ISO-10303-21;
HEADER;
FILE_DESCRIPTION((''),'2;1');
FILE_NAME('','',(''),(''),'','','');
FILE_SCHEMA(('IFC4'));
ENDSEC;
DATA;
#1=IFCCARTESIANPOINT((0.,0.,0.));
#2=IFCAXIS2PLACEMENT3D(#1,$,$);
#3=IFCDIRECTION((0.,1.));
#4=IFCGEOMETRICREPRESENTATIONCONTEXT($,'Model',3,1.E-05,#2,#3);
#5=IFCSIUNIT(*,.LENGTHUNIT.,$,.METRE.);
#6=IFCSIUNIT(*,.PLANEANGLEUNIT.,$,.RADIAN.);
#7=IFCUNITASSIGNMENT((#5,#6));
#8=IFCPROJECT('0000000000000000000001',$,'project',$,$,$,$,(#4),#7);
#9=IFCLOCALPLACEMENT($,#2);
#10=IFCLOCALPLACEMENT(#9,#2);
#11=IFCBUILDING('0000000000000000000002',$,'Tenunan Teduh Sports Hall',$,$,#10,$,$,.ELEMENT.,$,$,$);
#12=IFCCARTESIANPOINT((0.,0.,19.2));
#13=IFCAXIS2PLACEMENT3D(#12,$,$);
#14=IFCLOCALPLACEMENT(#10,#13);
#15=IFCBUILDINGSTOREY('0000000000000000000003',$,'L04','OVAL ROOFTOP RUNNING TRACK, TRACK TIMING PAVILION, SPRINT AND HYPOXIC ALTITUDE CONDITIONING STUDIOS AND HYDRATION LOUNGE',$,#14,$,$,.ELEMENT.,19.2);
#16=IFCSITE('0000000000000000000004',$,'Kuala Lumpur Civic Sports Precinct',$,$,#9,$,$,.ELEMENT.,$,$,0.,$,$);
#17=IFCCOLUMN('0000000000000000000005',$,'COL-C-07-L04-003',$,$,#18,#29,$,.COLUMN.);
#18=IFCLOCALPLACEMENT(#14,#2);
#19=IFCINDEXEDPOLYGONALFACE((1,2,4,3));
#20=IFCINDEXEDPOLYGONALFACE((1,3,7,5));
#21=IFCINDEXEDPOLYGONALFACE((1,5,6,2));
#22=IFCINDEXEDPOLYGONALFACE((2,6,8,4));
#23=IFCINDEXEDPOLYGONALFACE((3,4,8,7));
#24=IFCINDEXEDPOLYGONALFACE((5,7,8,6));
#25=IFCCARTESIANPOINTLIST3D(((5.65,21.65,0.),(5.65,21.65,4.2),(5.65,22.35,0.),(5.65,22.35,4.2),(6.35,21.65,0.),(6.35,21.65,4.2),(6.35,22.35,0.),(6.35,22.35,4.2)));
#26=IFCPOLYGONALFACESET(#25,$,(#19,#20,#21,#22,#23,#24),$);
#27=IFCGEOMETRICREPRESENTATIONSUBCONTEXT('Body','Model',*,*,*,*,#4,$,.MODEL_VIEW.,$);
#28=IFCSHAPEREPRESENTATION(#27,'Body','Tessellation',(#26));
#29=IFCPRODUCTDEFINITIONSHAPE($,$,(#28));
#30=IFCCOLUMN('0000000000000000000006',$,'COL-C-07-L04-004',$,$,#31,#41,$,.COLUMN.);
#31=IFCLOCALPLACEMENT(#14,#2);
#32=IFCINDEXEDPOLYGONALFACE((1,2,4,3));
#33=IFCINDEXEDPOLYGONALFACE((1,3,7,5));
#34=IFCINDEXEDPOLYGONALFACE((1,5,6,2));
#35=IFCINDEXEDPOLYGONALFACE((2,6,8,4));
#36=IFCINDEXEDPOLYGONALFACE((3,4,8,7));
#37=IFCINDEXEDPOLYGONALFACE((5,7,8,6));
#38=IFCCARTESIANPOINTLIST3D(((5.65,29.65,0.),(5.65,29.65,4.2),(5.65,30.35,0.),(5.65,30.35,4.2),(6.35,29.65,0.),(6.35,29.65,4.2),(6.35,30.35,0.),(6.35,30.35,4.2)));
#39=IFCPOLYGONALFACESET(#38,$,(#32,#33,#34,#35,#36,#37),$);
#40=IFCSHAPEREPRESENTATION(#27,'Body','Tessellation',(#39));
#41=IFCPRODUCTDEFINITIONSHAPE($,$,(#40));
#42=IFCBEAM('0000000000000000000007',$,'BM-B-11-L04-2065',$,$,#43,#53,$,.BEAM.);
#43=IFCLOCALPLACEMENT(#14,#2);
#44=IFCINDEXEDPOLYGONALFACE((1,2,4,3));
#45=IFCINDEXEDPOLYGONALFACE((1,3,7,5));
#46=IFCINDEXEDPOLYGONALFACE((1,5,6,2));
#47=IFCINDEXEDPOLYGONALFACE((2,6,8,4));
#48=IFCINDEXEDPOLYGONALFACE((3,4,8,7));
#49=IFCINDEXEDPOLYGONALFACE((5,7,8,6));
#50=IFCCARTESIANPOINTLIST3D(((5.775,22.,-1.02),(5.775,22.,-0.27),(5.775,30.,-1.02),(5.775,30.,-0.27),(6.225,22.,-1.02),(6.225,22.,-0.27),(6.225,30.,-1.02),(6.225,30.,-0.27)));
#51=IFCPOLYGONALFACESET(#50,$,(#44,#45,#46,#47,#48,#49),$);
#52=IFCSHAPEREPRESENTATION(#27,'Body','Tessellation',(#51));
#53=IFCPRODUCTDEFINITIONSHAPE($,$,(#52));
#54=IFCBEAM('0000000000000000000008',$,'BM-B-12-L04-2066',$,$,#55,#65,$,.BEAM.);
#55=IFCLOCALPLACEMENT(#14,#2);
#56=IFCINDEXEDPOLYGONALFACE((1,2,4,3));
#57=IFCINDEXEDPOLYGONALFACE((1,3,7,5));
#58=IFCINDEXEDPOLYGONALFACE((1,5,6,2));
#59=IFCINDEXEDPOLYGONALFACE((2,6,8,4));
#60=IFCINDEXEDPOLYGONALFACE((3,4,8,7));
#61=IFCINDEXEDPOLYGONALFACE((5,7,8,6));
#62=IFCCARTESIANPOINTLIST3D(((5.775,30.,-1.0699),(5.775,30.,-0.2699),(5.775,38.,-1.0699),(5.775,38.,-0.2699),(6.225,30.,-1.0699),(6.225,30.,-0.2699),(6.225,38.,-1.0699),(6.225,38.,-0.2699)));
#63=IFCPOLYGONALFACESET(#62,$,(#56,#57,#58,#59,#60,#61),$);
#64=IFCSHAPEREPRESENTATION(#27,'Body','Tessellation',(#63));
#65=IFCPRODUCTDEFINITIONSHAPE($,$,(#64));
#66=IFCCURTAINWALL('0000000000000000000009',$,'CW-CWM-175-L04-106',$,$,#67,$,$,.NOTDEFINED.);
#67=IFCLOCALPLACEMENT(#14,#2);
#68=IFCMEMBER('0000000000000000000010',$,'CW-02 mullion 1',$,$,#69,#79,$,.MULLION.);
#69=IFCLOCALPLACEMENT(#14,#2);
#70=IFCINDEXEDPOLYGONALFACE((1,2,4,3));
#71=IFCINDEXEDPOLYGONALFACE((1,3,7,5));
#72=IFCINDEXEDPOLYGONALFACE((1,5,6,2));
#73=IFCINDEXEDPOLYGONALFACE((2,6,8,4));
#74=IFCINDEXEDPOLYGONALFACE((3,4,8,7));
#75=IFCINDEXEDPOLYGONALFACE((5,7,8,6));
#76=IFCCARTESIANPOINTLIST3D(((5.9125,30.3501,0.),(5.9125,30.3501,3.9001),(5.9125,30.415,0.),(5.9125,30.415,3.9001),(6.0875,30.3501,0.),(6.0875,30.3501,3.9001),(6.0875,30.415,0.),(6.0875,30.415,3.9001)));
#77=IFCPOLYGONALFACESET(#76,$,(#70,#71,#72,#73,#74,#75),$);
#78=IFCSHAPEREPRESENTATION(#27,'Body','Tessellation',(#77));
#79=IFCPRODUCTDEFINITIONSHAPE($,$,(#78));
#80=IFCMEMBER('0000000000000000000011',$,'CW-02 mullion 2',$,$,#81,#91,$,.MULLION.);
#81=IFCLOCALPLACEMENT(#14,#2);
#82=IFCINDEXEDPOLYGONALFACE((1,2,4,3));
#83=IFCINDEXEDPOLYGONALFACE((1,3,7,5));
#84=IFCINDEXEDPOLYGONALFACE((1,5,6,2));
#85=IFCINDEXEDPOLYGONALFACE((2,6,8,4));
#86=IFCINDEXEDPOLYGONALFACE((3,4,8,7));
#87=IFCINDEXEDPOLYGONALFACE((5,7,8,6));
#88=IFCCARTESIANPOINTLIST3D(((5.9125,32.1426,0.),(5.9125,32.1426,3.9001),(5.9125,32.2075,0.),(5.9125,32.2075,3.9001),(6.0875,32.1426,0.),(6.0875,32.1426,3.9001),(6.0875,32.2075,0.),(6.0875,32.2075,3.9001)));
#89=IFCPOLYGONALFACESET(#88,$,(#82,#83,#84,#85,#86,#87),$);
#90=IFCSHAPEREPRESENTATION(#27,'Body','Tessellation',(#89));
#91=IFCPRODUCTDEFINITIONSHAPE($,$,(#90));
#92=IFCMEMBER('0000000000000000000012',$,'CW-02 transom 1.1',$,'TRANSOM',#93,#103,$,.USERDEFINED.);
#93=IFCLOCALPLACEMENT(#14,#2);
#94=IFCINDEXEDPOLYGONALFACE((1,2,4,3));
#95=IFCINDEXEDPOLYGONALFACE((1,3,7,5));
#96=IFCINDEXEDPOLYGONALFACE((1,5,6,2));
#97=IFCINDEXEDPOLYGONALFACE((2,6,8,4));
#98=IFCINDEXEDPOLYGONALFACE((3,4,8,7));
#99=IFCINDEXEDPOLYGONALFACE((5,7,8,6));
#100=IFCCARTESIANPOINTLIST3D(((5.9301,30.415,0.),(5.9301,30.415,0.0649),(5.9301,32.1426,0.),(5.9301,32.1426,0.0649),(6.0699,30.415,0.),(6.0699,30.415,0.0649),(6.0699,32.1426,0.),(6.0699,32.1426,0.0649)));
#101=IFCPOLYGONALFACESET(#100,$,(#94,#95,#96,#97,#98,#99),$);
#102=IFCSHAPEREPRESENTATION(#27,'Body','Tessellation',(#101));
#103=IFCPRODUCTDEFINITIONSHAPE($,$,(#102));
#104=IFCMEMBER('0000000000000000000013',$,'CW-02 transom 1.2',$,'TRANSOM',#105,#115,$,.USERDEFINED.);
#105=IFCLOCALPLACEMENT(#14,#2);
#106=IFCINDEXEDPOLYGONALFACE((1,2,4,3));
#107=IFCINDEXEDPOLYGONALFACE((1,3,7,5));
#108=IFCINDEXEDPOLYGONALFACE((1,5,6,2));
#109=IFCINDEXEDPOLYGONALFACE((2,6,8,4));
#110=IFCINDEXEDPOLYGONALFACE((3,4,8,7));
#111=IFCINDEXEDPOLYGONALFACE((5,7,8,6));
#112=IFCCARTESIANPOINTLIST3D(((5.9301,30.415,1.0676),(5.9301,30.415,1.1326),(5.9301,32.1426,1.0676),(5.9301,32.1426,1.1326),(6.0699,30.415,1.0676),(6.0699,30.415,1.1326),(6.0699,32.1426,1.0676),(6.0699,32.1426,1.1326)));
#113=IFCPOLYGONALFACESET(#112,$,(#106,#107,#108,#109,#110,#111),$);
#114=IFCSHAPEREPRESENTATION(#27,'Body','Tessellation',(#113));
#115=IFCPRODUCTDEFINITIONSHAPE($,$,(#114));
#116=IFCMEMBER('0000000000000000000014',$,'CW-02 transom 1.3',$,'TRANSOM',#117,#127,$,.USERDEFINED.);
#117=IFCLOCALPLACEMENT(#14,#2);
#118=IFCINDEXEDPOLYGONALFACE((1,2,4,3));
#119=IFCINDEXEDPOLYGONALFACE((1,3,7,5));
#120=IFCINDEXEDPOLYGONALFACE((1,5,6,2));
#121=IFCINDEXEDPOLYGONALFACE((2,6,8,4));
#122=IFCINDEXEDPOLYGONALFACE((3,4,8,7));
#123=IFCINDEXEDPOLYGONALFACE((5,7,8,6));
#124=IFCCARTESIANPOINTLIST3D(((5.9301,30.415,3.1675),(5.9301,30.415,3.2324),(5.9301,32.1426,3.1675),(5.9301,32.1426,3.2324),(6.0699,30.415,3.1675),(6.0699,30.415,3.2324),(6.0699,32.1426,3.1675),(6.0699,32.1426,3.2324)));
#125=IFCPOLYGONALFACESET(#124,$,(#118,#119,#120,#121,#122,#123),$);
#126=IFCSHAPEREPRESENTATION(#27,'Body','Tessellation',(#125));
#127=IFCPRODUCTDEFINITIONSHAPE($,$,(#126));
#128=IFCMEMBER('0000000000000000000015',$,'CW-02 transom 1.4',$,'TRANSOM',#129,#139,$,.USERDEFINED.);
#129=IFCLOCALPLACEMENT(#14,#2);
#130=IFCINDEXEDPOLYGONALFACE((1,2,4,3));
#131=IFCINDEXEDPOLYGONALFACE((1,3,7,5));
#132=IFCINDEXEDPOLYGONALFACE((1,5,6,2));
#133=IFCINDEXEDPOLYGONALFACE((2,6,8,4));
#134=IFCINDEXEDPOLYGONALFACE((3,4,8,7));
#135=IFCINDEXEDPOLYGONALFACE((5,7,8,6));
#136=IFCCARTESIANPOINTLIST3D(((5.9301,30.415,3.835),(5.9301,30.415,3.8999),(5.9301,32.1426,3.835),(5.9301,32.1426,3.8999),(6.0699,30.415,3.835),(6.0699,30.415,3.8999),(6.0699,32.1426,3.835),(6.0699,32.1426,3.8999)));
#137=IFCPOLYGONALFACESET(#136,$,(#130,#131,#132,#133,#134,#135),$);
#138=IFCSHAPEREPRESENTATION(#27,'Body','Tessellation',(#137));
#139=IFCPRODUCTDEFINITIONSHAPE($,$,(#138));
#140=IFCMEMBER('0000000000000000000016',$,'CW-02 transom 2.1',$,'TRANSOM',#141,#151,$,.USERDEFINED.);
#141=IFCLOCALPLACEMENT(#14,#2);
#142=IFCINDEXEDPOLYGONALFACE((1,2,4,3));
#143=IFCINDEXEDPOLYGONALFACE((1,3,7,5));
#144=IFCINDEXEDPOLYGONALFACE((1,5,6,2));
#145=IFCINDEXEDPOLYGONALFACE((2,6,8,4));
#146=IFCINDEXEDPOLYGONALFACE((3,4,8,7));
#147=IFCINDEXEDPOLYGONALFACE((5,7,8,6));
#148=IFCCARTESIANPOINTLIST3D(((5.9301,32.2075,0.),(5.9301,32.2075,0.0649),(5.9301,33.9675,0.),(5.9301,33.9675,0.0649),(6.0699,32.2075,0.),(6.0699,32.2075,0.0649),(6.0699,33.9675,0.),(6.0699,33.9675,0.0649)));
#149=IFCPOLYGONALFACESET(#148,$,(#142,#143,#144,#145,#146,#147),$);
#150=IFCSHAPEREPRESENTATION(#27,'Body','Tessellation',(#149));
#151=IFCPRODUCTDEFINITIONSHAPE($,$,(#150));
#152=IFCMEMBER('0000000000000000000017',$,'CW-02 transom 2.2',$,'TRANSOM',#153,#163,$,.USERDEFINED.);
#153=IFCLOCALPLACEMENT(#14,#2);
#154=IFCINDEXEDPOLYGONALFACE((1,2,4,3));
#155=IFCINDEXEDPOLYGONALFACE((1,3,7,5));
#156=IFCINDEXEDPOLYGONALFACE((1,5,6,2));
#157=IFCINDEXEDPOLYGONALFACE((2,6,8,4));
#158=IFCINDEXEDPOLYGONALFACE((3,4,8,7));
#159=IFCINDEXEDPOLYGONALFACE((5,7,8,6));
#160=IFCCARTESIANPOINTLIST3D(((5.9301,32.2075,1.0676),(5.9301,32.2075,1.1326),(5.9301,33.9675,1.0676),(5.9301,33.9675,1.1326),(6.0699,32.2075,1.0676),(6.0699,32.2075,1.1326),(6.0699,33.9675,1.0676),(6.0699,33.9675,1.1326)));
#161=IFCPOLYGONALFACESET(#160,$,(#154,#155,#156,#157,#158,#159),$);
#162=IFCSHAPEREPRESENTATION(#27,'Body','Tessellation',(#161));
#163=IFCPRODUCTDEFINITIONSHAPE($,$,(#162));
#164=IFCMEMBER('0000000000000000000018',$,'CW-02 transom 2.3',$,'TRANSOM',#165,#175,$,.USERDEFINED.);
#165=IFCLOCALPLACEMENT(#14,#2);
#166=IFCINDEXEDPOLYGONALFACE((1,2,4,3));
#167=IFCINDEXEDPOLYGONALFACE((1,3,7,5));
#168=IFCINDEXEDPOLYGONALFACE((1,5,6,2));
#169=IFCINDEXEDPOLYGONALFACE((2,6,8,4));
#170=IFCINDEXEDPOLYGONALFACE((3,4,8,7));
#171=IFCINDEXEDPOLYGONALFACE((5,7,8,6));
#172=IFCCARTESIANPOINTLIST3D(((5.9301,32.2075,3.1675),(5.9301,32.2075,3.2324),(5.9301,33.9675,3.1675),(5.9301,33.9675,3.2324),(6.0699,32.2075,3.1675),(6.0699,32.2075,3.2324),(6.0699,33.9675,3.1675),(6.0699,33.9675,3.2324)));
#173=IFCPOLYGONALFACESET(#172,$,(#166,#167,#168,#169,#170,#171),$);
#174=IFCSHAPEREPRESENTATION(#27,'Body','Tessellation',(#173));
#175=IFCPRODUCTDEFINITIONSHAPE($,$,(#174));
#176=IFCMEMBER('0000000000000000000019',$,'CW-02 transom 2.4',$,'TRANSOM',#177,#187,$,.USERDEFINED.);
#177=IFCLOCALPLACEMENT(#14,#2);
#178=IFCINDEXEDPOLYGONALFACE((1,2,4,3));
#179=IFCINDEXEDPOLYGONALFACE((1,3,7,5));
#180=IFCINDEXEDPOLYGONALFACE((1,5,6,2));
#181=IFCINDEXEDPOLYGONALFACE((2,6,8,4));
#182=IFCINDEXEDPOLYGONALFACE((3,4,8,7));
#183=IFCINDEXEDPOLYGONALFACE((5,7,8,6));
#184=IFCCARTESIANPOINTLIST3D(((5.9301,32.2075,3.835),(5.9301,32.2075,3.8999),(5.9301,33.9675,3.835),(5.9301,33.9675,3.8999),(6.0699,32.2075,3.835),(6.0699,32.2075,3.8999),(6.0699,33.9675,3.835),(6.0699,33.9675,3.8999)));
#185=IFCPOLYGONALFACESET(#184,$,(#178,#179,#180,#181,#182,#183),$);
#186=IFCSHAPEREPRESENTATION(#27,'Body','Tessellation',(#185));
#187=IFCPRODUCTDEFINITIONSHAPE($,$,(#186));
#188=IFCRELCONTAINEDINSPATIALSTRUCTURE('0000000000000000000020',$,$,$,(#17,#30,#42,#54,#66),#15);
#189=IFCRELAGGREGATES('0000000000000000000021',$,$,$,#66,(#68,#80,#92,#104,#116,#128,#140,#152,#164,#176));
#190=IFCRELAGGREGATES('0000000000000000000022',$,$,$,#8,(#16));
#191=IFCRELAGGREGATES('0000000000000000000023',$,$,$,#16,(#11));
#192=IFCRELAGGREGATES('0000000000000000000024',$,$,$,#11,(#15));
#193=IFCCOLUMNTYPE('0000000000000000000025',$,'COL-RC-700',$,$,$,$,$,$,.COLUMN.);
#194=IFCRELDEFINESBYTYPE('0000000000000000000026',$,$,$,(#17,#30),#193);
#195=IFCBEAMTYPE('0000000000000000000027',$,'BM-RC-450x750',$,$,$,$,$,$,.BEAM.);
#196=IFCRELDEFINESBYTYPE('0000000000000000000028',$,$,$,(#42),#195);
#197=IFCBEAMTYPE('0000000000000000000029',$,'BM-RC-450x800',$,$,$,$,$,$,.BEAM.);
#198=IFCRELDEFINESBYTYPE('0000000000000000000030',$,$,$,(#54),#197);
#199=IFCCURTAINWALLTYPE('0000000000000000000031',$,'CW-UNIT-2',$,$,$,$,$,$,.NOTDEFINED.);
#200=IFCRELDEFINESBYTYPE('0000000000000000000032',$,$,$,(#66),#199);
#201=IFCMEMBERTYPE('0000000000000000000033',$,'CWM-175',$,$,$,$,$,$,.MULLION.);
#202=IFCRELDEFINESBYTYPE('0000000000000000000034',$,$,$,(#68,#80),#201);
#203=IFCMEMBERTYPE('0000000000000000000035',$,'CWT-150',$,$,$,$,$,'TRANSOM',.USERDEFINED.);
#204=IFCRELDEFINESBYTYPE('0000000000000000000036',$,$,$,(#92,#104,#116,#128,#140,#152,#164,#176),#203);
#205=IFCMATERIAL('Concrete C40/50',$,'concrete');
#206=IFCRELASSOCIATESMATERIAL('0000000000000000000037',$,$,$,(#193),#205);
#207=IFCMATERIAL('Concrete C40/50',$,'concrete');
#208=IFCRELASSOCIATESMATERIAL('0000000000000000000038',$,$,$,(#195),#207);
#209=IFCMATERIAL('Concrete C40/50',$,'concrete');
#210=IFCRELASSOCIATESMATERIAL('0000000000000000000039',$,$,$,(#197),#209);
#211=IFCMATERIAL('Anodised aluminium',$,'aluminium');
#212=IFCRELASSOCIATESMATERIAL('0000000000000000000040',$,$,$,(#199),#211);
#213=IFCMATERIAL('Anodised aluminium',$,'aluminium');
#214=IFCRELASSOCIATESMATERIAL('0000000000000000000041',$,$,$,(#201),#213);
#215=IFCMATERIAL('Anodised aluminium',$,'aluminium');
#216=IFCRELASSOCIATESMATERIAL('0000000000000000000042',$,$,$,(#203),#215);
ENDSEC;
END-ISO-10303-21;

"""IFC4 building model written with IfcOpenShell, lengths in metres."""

from ifc_helpers import new_model, si_unit, direction, frame, origin, origin_2d, place, context, subcontext, project, spatial, rectangle, extrude, material, material_profile, profile_set, type_object, element, aggregate, save


model = new_model("IFC4")

# Units and contexts
model_context = context("Model", 3, precision=1e-05, world=origin(), true_north=direction((0.0, 1.0)))
body_context = subcontext(model_context, "Body", "Model", "MODEL_VIEW")
ifc_project = project(units=[si_unit("LENGTHUNIT", "METRE"), si_unit("PLANEANGLEUNIT", "RADIAN")], contexts=[model_context])

# Site, building, storey
site_placement = place(None, origin())
site = spatial("IfcSite", under=ifc_project, at=site_placement, Name="Kuala Lumpur Civic Sports Precinct", CompositionType="ELEMENT", RefElevation=0.0)
building_placement = place(site_placement, origin())
building = spatial("IfcBuilding", under=site, at=building_placement, Name="Tenunan Teduh Sports Hall", CompositionType="ELEMENT")
storey_placement = place(building_placement, frame((0.0, 0.0, 19.2)))
storey = spatial("IfcBuildingStorey", under=building, at=storey_placement, Name="L04", Description="OVAL ROOFTOP RUNNING TRACK, TRACK TIMING PAVILION, SPRINT AND HYPOXIC ALTITUDE CONDITIONING STUDIOS AND HYDRATION LOUNGE", CompositionType="ELEMENT", Elevation=19.2)

# Columns
ifc_material_1 = material(Name="Concrete C40/50", Category="concrete")
ifc_material_profile_1 = material_profile(ifc_material_1, rectangle(XDim=0.7, YDim=0.7, at=origin_2d()), Name="RC 700x700")
ifc_profile_set_1 = profile_set([ifc_material_profile_1], Name="Concrete C40/50")
column_type = type_object("IfcColumnType", Name="COL-RC-700", PredefinedType="COLUMN", material=ifc_profile_set_1)
for number, where, z_axis, x_axis, name in (
    (1, (6.0, 22.0, 0.0), (0.0, 0.0, 1.0), (1.0, 0.0, 0.0), "COL-C-07-L04-003"),
    (2, (6.0, 30.0, 0.0), (0.0, 0.0, 1.0), (1.0, 0.0, 0.0), "COL-C-07-L04-004"),
):
    element("IfcColumn", number, at=place(storey_placement, frame(where, z_axis=z_axis, x_axis=x_axis)), inside=storey, type_object=column_type, Name=name, PredefinedType="COLUMN", context=body_context, shape_type="SweptSolid", body=[
        extrude(rectangle(XDim=0.7, YDim=0.7, at=origin_2d()), origin(), (0.0, 0.0, 1.0), 4.2),
    ])

# Beams
ifc_material_2 = material(Name="Concrete C40/50", Category="concrete")
ifc_material_profile_2 = material_profile(ifc_material_2, rectangle(XDim=0.45, YDim=0.75, at=origin_2d()), Name="RCB 450x750")
ifc_profile_set_2 = profile_set([ifc_material_profile_2], Name="Concrete C40/50")
beam_type_1 = type_object("IfcBeamType", Name="BM-RC-450x750", PredefinedType="BEAM", material=ifc_profile_set_2)
beam_1_placement = place(storey_placement, frame((6.0, 22.0, -0.645), z_axis=(0.0, 1.0, 0.0), x_axis=(-1.0, 0.0, 0.0)))
element("IfcBeam", 3, at=beam_1_placement, inside=storey, type_object=beam_type_1, Name="BM-B-11-L04-2065", PredefinedType="BEAM", context=body_context, shape_type="SweptSolid", body=[
    extrude(rectangle(XDim=0.45, YDim=0.75, at=origin_2d()), origin(), (0.0, 0.0, 1.0), 8.0),
])
ifc_material_3 = material(Name="Concrete C40/50", Category="concrete")
ifc_material_profile_3 = material_profile(ifc_material_3, rectangle(XDim=0.45, YDim=0.8, at=origin_2d()), Name="RCB 450x800")
ifc_profile_set_3 = profile_set([ifc_material_profile_3], Name="Concrete C40/50")
beam_type_2 = type_object("IfcBeamType", Name="BM-RC-450x800", PredefinedType="BEAM", material=ifc_profile_set_3)
beam_2_placement = place(storey_placement, frame((6.0, 30.0, -0.6699), z_axis=(0.0, 1.0, 0.0), x_axis=(-1.0, 0.0, 0.0)))
element("IfcBeam", 4, at=beam_2_placement, inside=storey, type_object=beam_type_2, Name="BM-B-12-L04-2066", PredefinedType="BEAM", context=body_context, shape_type="SweptSolid", body=[
    extrude(rectangle(XDim=0.45, YDim=0.8, at=origin_2d()), origin(), (0.0, 0.0, 1.0), 8.0),
])

# Curtain wall, members
ifc_material_4 = material(Name="Anodised aluminium", Category="aluminium")
curtain_wall_type = type_object("IfcCurtainWallType", Name="CW-UNIT-2", PredefinedType="NOTDEFINED", material=ifc_material_4)
curtain_wall_placement = place(storey_placement, origin())
curtain_wall = element("IfcCurtainWall", 5, at=curtain_wall_placement, inside=storey, type_object=curtain_wall_type, Name="CW-CWM-175-L04-106", PredefinedType="NOTDEFINED")
ifc_material_5 = material(Name="Anodised aluminium", Category="aluminium")
ifc_material_profile_4 = material_profile(ifc_material_5, rectangle(XDim=0.0649, YDim=0.175, at=origin_2d()), Name="CWM 65x175")
ifc_profile_set_4 = profile_set([ifc_material_profile_4], Name="Anodised aluminium")
member_type_1 = type_object("IfcMemberType", Name="CWM-175", PredefinedType="MULLION", material=ifc_profile_set_4)
member_1_placement = place(storey_placement, frame((6.0, 30.3826, 0.0), z_axis=(0.0, 0.0, 1.0), x_axis=(0.0, 1.0, 0.0)))
member_1 = element("IfcMember", 6, at=member_1_placement, type_object=member_type_1, Name="CW-02 mullion 1", PredefinedType="MULLION", context=body_context, shape_type="SweptSolid", body=[
    extrude(rectangle(XDim=0.0649, YDim=0.175, at=origin_2d()), origin(), (0.0, 0.0, 1.0), 3.9001),
])
member_2_placement = place(storey_placement, frame((6.0, 32.175, 0.0), z_axis=(0.0, 0.0, 1.0), x_axis=(0.0, 1.0, 0.0)))
member_2 = element("IfcMember", 7, at=member_2_placement, type_object=member_type_1, Name="CW-02 mullion 2", PredefinedType="MULLION", context=body_context, shape_type="SweptSolid", body=[
    extrude(rectangle(XDim=0.0649, YDim=0.175, at=origin_2d()), origin(), (0.0, 0.0, 1.0), 3.9001),
])
ifc_material_6 = material(Name="Anodised aluminium", Category="aluminium")
ifc_material_profile_5 = material_profile(ifc_material_6, rectangle(XDim=0.0649, YDim=0.1399, at=origin_2d()), Name="CWT 65x140")
ifc_profile_set_5 = profile_set([ifc_material_profile_5], Name="Anodised aluminium")
member_type_2 = type_object("IfcMemberType", Name="CWT-150", ElementType="TRANSOM", PredefinedType="USERDEFINED", material=ifc_profile_set_5)
member_3_placement = place(storey_placement, frame((6.0, 30.415, 0.0325), z_axis=(0.0, 1.0, 0.0), x_axis=(0.0, 0.0, 1.0)))
member_3 = element("IfcMember", 8, at=member_3_placement, type_object=member_type_2, Name="CW-02 transom 1.1", ObjectType="TRANSOM", PredefinedType="USERDEFINED", context=body_context, shape_type="SweptSolid", body=[
    extrude(rectangle(XDim=0.0649, YDim=0.1399, at=origin_2d()), origin(), (0.0, 0.0, 1.0), 1.7275),
])
member_4_placement = place(storey_placement, frame((6.0, 30.415, 1.1001), z_axis=(0.0, 1.0, 0.0), x_axis=(0.0, 0.0, 1.0)))
member_4 = element("IfcMember", 9, at=member_4_placement, type_object=member_type_2, Name="CW-02 transom 1.2", ObjectType="TRANSOM", PredefinedType="USERDEFINED", context=body_context, shape_type="SweptSolid", body=[
    extrude(rectangle(XDim=0.0649, YDim=0.1399, at=origin_2d()), origin(), (0.0, 0.0, 1.0), 1.7275),
])
member_5_placement = place(storey_placement, frame((6.0, 30.415, 3.2), z_axis=(0.0, 1.0, 0.0), x_axis=(0.0, 0.0, 1.0)))
member_5 = element("IfcMember", 10, at=member_5_placement, type_object=member_type_2, Name="CW-02 transom 1.3", ObjectType="TRANSOM", PredefinedType="USERDEFINED", context=body_context, shape_type="SweptSolid", body=[
    extrude(rectangle(XDim=0.0649, YDim=0.1399, at=origin_2d()), origin(), (0.0, 0.0, 1.0), 1.7275),
])
member_6_placement = place(storey_placement, frame((6.0, 30.415, 3.8674), z_axis=(0.0, 1.0, 0.0), x_axis=(0.0, 0.0, 1.0)))
member_6 = element("IfcMember", 11, at=member_6_placement, type_object=member_type_2, Name="CW-02 transom 1.4", ObjectType="TRANSOM", PredefinedType="USERDEFINED", context=body_context, shape_type="SweptSolid", body=[
    extrude(rectangle(XDim=0.0649, YDim=0.1399, at=origin_2d()), origin(), (0.0, 0.0, 1.0), 1.7275),
])
member_7_placement = place(storey_placement, frame((6.0, 32.2075, 0.0325), z_axis=(0.0, 1.0, 0.0), x_axis=(0.0, 0.0, 1.0)))
member_7 = element("IfcMember", 12, at=member_7_placement, type_object=member_type_2, Name="CW-02 transom 2.1", ObjectType="TRANSOM", PredefinedType="USERDEFINED", context=body_context, shape_type="SweptSolid", body=[
    extrude(rectangle(XDim=0.0649, YDim=0.1399, at=origin_2d()), origin(), (0.0, 0.0, 1.0), 1.76),
])
member_8_placement = place(storey_placement, frame((6.0, 32.2075, 1.1001), z_axis=(0.0, 1.0, 0.0), x_axis=(0.0, 0.0, 1.0)))
member_8 = element("IfcMember", 13, at=member_8_placement, type_object=member_type_2, Name="CW-02 transom 2.2", ObjectType="TRANSOM", PredefinedType="USERDEFINED", context=body_context, shape_type="SweptSolid", body=[
    extrude(rectangle(XDim=0.0649, YDim=0.1399, at=origin_2d()), origin(), (0.0, 0.0, 1.0), 1.76),
])
member_9_placement = place(storey_placement, frame((6.0, 32.2075, 3.2), z_axis=(0.0, 1.0, 0.0), x_axis=(0.0, 0.0, 1.0)))
member_9 = element("IfcMember", 14, at=member_9_placement, type_object=member_type_2, Name="CW-02 transom 2.3", ObjectType="TRANSOM", PredefinedType="USERDEFINED", context=body_context, shape_type="SweptSolid", body=[
    extrude(rectangle(XDim=0.0649, YDim=0.1399, at=origin_2d()), origin(), (0.0, 0.0, 1.0), 1.76),
])
member_10_placement = place(storey_placement, frame((6.0, 32.2075, 3.8674), z_axis=(0.0, 1.0, 0.0), x_axis=(0.0, 0.0, 1.0)))
member_10 = element("IfcMember", 15, at=member_10_placement, type_object=member_type_2, Name="CW-02 transom 2.4", ObjectType="TRANSOM", PredefinedType="USERDEFINED", context=body_context, shape_type="SweptSolid", body=[
    extrude(rectangle(XDim=0.0649, YDim=0.1399, at=origin_2d()), origin(), (0.0, 0.0, 1.0), 1.76),
])

aggregate(curtain_wall, [member_1, member_2, member_3, member_4, member_5, member_6, member_7, member_8, member_9, member_10])

save(model, "model.ifc")
